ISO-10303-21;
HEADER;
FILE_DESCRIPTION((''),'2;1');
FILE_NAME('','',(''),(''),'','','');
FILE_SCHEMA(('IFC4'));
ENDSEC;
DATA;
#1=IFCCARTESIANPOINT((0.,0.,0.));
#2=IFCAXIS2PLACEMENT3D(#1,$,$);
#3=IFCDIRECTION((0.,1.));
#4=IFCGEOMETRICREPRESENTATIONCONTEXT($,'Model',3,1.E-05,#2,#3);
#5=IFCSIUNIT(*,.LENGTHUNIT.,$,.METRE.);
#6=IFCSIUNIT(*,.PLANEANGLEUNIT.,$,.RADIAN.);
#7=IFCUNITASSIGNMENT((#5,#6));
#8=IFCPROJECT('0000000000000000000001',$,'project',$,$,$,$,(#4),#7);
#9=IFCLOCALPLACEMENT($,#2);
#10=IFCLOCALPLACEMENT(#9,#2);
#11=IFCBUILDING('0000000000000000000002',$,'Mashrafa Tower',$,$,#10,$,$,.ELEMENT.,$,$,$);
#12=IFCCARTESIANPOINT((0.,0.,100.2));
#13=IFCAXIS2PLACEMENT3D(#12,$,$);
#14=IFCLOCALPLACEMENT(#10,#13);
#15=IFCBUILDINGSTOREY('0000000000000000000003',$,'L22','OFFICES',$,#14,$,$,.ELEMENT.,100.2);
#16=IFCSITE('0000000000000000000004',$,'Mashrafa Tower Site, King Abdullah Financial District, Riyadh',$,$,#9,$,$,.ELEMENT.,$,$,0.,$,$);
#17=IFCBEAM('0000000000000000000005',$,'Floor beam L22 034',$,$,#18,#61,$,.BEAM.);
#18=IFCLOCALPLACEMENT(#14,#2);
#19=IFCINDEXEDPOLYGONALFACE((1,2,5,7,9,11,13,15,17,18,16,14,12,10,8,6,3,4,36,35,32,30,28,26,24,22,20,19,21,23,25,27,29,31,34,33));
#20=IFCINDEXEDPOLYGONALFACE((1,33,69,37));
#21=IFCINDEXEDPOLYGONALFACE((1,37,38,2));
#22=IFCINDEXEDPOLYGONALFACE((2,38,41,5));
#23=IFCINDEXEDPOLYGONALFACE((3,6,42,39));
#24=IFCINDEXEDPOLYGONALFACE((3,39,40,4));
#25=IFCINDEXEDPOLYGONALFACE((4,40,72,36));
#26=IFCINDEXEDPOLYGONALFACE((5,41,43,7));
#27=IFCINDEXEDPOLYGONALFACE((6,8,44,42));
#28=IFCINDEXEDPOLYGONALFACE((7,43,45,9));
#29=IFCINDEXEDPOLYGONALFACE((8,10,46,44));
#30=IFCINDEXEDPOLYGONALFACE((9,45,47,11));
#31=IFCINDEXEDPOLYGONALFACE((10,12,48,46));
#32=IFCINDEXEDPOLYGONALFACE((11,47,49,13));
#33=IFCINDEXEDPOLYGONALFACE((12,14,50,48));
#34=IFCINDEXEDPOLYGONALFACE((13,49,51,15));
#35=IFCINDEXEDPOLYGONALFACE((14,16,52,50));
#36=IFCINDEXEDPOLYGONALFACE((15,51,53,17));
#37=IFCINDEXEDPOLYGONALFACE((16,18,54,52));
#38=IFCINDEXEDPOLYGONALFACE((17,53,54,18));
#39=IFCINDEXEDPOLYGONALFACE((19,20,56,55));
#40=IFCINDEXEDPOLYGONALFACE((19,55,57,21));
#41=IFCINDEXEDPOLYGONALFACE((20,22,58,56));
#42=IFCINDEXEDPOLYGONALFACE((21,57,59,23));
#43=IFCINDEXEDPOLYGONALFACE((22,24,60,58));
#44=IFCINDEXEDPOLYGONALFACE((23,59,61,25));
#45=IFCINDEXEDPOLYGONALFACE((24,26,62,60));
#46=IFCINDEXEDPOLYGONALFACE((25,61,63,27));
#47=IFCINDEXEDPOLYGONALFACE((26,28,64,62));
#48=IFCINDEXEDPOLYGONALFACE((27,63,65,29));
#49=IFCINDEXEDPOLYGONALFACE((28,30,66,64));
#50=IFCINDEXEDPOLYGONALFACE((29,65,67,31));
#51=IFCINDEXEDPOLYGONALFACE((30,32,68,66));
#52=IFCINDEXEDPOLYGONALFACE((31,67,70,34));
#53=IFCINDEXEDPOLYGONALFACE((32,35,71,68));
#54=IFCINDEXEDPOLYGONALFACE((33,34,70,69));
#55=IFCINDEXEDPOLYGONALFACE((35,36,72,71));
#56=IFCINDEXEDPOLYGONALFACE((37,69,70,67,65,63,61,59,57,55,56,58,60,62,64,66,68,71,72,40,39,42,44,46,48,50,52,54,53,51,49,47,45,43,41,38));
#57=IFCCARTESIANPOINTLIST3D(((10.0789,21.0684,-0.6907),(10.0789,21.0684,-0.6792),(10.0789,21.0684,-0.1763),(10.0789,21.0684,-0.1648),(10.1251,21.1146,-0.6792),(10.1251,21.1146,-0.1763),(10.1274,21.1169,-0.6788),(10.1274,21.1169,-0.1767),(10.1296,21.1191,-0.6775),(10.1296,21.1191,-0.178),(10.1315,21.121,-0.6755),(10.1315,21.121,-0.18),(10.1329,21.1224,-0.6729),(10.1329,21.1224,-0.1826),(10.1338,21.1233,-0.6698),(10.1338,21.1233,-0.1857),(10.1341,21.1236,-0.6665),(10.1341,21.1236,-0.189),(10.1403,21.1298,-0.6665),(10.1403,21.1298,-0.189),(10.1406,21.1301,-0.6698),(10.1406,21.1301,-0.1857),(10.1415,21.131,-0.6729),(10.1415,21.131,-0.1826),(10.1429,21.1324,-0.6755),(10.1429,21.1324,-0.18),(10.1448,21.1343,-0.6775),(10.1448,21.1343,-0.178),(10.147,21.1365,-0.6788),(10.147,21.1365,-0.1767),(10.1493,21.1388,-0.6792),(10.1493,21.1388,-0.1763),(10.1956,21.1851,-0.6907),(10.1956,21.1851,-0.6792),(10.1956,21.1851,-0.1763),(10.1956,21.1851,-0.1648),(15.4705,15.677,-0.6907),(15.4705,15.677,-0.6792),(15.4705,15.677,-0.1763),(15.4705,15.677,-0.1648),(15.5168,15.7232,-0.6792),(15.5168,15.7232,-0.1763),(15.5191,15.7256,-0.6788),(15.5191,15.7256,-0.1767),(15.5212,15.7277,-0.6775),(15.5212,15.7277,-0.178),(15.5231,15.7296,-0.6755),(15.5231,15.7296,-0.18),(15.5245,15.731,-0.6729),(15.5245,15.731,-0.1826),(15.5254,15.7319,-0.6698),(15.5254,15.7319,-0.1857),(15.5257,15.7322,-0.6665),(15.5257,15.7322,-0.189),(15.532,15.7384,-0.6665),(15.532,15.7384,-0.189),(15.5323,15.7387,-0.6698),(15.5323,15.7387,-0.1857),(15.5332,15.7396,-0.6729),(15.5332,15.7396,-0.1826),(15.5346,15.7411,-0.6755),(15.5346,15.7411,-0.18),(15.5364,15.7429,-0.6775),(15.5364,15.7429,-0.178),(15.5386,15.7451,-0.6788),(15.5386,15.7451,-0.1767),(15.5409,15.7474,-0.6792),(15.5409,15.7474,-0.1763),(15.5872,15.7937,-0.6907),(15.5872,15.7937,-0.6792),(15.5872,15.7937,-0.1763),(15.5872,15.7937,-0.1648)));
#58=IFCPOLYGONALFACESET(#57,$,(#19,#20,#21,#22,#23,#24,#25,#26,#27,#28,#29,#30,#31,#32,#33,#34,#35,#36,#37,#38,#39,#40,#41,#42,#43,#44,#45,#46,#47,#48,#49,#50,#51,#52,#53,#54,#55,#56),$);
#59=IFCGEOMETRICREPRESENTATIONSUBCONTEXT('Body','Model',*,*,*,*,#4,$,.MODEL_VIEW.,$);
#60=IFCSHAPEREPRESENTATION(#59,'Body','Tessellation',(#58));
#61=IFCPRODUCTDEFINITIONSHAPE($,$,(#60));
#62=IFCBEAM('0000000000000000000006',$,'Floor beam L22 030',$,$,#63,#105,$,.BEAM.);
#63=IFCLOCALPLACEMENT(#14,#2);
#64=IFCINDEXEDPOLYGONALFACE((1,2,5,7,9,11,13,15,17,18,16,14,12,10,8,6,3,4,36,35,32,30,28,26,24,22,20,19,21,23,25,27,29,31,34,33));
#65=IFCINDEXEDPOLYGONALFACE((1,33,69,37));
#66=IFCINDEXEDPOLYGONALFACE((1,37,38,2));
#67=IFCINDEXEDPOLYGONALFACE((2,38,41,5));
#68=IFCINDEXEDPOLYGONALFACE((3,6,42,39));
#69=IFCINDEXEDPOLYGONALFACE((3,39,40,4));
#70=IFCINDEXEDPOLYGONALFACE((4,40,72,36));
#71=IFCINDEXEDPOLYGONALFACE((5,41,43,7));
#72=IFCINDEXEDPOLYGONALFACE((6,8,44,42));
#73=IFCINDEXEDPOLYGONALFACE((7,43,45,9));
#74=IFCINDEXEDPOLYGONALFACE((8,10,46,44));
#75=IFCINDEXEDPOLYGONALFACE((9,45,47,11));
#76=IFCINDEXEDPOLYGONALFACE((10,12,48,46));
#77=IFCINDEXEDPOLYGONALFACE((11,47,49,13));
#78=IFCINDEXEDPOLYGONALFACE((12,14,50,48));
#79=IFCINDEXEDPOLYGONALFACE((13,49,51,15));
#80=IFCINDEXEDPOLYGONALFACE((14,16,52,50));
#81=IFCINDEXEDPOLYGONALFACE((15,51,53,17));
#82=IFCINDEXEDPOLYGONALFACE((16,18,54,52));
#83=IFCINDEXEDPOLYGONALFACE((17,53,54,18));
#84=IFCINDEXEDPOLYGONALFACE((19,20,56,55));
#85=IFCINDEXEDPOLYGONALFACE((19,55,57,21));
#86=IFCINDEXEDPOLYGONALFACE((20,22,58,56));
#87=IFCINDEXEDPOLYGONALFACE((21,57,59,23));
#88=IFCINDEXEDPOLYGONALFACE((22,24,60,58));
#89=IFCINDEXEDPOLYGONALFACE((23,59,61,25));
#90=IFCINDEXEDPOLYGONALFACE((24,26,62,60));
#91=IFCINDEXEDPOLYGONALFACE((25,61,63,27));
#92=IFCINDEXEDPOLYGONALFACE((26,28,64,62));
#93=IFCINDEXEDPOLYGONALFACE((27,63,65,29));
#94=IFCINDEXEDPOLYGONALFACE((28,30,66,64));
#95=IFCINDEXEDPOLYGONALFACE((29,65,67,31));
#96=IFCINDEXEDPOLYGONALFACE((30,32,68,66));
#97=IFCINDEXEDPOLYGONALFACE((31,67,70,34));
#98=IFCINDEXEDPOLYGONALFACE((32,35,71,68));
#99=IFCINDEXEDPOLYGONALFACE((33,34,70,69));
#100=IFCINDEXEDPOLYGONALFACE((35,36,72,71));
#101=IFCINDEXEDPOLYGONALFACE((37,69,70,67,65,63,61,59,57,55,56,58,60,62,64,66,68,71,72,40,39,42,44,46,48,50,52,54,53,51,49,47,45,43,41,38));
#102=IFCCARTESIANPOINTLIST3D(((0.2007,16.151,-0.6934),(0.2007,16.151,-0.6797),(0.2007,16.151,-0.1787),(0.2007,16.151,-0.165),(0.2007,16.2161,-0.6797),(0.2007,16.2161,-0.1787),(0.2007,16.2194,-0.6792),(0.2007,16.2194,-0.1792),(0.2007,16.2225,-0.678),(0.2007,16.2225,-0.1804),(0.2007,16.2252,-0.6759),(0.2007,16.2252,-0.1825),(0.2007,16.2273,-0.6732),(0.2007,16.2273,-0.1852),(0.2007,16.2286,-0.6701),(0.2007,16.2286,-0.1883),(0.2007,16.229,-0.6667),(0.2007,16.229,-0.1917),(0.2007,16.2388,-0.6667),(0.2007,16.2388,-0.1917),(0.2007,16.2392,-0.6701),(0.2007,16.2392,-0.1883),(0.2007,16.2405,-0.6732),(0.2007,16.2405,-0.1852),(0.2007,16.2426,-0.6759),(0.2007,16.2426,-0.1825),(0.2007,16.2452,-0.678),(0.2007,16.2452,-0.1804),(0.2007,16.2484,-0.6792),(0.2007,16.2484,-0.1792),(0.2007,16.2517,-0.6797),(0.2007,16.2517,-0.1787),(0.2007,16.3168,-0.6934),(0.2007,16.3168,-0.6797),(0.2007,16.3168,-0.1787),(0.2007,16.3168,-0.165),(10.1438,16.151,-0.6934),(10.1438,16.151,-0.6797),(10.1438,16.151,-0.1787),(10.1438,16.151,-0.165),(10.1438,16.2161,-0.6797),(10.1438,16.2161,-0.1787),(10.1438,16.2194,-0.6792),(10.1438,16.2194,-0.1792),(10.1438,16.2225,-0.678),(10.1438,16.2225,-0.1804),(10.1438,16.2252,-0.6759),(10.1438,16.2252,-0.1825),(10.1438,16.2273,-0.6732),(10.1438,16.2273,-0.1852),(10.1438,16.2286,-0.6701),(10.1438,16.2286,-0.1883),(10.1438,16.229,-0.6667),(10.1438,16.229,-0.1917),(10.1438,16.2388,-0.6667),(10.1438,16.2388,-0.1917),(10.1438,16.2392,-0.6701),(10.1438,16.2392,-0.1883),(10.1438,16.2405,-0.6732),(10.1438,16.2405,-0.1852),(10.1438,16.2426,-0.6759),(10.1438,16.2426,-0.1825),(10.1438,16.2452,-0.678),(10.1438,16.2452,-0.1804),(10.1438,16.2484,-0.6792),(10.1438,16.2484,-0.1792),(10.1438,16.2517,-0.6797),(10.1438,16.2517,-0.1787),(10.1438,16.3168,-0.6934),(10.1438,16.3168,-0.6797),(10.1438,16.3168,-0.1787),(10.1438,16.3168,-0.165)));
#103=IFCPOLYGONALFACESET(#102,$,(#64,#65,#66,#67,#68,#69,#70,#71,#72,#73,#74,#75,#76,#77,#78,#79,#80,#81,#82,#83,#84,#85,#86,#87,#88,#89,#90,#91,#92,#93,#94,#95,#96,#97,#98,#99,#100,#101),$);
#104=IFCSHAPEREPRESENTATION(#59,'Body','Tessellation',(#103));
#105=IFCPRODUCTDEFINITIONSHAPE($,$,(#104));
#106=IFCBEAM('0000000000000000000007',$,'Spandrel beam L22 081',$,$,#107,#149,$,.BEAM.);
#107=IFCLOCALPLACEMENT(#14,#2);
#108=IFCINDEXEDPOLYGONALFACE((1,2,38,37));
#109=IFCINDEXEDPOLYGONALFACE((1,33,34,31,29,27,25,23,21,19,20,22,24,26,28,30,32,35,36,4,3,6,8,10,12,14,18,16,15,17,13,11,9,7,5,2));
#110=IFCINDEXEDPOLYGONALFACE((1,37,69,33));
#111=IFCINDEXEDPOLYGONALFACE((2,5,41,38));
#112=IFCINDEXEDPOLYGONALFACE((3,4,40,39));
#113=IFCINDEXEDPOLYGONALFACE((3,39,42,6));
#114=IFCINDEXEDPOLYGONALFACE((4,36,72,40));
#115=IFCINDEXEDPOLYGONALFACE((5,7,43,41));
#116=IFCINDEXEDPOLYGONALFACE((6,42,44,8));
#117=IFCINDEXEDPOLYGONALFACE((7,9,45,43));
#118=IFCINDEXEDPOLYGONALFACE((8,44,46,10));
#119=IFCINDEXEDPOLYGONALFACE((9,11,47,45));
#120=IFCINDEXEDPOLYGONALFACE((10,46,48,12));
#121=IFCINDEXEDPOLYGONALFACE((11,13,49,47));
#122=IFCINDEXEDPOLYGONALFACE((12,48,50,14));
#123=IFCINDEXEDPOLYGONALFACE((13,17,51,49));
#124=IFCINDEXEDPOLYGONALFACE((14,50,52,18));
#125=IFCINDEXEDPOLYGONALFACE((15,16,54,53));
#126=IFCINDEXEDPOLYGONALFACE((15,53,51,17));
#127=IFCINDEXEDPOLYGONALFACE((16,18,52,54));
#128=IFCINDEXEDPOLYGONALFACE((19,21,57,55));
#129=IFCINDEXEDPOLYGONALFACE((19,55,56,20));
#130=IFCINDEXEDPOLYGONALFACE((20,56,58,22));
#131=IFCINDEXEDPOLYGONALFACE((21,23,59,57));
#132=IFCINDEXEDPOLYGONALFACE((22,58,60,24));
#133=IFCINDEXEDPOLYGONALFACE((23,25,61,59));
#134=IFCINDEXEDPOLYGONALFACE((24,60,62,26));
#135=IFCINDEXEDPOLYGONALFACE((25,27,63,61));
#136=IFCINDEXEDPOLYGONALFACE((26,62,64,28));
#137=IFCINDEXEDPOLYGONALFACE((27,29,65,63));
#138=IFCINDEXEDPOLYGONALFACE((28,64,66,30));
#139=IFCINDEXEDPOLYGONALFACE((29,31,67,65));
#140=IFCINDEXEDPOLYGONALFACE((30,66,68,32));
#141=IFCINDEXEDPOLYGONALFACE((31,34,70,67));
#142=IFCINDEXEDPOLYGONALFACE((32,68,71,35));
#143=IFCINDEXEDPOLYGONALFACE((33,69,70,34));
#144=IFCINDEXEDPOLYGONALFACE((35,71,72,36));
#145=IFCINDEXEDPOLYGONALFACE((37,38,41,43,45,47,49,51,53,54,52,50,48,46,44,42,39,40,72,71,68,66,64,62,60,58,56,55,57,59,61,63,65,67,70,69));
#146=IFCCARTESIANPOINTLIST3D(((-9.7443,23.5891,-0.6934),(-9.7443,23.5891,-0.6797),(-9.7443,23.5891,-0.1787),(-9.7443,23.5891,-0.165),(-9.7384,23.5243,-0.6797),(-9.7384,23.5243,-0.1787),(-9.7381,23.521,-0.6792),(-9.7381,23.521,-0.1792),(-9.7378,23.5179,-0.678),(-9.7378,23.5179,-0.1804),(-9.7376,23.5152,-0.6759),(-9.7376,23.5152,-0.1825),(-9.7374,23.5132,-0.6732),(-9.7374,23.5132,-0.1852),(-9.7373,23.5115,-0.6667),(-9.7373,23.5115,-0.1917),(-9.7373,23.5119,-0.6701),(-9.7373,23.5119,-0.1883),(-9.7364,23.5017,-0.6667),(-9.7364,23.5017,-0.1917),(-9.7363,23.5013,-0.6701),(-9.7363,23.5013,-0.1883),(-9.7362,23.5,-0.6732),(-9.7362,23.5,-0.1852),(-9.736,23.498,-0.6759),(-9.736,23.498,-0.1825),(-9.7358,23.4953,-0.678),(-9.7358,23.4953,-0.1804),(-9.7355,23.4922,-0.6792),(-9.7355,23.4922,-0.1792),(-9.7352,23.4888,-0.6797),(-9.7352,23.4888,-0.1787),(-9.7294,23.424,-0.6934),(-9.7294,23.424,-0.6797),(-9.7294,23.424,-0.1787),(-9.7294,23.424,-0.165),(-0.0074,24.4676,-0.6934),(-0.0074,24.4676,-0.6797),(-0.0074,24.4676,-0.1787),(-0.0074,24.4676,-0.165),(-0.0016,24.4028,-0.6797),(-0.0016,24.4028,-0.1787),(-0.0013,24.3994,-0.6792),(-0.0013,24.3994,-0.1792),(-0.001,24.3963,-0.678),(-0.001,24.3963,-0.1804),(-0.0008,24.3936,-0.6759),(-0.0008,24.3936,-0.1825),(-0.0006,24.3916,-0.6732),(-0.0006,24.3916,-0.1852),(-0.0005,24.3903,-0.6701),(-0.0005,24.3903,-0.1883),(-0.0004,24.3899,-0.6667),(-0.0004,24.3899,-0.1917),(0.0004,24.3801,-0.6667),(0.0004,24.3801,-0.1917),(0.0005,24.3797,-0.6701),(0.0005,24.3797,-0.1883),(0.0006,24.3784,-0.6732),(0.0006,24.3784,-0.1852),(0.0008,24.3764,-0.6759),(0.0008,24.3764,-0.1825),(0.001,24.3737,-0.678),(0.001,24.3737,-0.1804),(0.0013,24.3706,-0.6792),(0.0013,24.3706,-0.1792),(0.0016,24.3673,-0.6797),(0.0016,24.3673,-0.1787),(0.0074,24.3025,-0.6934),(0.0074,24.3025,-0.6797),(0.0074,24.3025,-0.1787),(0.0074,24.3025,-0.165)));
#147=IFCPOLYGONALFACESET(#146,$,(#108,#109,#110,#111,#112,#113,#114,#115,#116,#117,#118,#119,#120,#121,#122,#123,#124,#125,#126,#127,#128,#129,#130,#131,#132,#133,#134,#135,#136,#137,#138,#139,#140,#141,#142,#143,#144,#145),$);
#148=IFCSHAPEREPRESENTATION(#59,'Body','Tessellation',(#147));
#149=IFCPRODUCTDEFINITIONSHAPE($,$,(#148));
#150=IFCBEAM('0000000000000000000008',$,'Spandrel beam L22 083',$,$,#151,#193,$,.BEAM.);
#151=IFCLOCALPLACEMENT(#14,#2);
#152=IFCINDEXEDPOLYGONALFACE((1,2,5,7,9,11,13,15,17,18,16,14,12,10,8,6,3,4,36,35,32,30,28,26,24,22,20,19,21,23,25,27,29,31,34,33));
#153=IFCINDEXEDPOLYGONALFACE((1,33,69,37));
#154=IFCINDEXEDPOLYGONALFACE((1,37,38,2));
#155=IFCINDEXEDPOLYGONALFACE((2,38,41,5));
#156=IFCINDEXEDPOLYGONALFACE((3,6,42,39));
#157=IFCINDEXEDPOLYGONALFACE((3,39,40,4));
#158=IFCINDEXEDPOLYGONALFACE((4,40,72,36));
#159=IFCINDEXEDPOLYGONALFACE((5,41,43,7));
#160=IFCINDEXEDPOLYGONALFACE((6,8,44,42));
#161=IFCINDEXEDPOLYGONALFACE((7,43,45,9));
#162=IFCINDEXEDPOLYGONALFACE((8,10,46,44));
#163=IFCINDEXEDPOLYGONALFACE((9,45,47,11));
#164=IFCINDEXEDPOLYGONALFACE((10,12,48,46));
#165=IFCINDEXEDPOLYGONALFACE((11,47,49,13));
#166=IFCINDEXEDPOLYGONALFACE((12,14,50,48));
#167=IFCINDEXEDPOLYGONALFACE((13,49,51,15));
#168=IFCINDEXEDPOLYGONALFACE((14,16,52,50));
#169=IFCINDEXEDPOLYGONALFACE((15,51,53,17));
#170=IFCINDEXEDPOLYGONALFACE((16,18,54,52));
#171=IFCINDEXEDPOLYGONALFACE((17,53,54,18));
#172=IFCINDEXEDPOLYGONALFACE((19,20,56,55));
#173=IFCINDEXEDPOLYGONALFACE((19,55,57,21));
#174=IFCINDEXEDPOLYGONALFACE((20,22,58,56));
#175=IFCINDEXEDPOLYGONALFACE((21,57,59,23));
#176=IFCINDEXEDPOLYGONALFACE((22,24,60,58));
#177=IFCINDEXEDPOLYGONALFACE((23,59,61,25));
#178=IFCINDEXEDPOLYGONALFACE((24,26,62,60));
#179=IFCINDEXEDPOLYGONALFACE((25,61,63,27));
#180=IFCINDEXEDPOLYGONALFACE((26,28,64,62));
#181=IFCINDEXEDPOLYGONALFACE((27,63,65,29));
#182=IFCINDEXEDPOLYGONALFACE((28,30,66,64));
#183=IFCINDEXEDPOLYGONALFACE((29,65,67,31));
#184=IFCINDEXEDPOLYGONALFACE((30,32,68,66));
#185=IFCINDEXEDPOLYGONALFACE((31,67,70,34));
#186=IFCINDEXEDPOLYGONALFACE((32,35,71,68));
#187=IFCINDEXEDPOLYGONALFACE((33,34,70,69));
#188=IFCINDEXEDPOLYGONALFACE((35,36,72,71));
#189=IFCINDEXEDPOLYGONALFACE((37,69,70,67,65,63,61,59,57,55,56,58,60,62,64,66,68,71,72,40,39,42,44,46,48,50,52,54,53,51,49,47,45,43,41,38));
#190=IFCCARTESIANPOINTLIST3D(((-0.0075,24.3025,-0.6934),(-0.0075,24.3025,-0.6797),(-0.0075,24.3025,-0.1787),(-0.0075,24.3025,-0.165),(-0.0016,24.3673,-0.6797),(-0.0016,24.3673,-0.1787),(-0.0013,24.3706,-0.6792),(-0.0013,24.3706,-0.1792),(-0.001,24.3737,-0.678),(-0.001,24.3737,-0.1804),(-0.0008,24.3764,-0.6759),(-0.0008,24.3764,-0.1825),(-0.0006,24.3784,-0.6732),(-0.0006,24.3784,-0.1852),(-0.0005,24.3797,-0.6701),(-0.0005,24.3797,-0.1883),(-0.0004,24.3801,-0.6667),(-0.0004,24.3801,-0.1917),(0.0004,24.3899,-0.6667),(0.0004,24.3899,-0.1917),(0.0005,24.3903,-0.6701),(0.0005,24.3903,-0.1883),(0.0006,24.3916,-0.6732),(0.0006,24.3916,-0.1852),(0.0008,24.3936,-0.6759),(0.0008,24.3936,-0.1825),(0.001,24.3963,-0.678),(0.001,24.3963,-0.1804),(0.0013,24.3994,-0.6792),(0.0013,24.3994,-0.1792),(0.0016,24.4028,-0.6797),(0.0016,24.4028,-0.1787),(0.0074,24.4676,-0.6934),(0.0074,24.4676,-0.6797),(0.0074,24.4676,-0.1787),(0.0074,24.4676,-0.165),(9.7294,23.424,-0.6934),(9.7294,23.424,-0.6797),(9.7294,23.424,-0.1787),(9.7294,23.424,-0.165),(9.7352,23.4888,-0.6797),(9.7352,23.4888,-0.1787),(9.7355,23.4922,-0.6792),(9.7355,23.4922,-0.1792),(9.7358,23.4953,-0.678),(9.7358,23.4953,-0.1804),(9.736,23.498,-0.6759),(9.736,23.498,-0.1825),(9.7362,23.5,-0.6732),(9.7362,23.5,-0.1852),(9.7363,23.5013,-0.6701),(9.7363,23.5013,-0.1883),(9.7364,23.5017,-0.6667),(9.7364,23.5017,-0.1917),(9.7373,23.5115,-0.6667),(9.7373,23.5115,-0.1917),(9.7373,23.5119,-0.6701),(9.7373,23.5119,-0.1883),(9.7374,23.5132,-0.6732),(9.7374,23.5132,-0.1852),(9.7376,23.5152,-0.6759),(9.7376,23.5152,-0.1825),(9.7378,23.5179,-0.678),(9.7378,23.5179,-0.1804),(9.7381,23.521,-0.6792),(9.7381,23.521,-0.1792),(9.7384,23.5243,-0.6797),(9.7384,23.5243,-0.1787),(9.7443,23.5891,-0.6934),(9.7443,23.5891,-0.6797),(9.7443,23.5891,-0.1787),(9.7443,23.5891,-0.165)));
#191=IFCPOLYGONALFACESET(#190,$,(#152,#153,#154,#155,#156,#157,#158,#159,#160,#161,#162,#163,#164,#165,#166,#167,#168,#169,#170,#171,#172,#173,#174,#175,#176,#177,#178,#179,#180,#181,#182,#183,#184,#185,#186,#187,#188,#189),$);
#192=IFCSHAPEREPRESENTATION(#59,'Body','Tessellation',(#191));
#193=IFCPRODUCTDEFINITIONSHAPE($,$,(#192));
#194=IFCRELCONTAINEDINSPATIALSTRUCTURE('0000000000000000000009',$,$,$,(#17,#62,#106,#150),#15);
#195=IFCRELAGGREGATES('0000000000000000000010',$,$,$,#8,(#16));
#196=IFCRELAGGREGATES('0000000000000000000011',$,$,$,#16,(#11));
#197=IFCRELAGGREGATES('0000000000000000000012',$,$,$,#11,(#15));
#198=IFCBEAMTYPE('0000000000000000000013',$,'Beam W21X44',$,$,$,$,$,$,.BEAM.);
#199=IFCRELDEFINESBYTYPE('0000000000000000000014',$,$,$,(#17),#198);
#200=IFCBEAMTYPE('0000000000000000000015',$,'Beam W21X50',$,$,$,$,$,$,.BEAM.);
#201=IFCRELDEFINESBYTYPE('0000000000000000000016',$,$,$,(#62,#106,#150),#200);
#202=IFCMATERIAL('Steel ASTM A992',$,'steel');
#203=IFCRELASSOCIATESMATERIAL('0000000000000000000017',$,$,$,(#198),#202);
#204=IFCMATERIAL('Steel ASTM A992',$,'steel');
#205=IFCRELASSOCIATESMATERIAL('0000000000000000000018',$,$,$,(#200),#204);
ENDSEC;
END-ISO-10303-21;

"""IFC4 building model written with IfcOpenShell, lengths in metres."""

from ifc_helpers import new_model, si_unit, direction, frame, origin, origin_2d, place, context, subcontext, project, spatial, i_section, extrude, material, material_profile, profile_set, type_object, element, save


model = new_model("IFC4")

# Units and contexts
model_context = context("Model", 3, precision=1e-05, world=origin(), true_north=direction((0.0, 1.0)))
body_context = subcontext(model_context, "Body", "Model", "MODEL_VIEW")
ifc_project = project(units=[si_unit("LENGTHUNIT", "METRE"), si_unit("PLANEANGLEUNIT", "RADIAN")], contexts=[model_context])

# Site, building, storey
site_placement = place(None, origin())
site = spatial("IfcSite", under=ifc_project, at=site_placement, Name="Mashrafa Tower Site, King Abdullah Financial District, Riyadh", CompositionType="ELEMENT", RefElevation=0.0)
building_placement = place(site_placement, origin())
building = spatial("IfcBuilding", under=site, at=building_placement, Name="Mashrafa Tower", CompositionType="ELEMENT")
storey_placement = place(building_placement, frame((0.0, 0.0, 100.2)))
storey = spatial("IfcBuildingStorey", under=building, at=storey_placement, Name="L22", Description="OFFICES", CompositionType="ELEMENT", Elevation=100.2)

# Beams
ifc_material_1 = material(Name="Steel ASTM A992", Category="steel")
ifc_material_profile_1 = material_profile(ifc_material_1, i_section(OverallWidth=0.165, OverallDepth=0.5259, WebThickness=0.0088, FlangeThickness=0.0115, FilletRadius=0.0127, at=origin_2d()), Name="W21X44")
ifc_profile_set_1 = profile_set([ifc_material_profile_1], Name="Steel ASTM A992")
beam_type_1 = type_object("IfcBeamType", Name="Beam W21X44", PredefinedType="BEAM", material=ifc_profile_set_1)
beam_1_placement = place(storey_placement, frame((10.1372, 21.1267, -0.4277), z_axis=(0.707123, -0.707091, 0.0), x_axis=(0.707091, 0.707123, 0.0)))
element("IfcBeam", 1, at=beam_1_placement, inside=storey, type_object=beam_type_1, Name="Floor beam L22 034", PredefinedType="BEAM", context=body_context, shape_type="SweptSolid", body=[
    extrude(i_section(OverallWidth=0.165, OverallDepth=0.5259, WebThickness=0.0088, FlangeThickness=0.0115, FilletRadius=0.0127, at=origin_2d()), origin(), (0.0, 0.0, 1.0), 7.6248),
])
ifc_material_2 = material(Name="Steel ASTM A992", Category="steel")
ifc_material_profile_2 = material_profile(ifc_material_2, i_section(OverallWidth=0.1658, OverallDepth=0.5283, WebThickness=0.0098, FlangeThickness=0.0137, FilletRadius=0.0129, at=origin_2d()), Name="W21X50")
ifc_profile_set_2 = profile_set([ifc_material_profile_2], Name="Steel ASTM A992")
beam_type_2 = type_object("IfcBeamType", Name="Beam W21X50", PredefinedType="BEAM", material=ifc_profile_set_2)
beam_2_placement = place(storey_placement, frame((0.2007, 16.2339, -0.4292), z_axis=(1.0, 0.0, 0.0), x_axis=(0.0, 1.0, 0.0)))
element("IfcBeam", 2, at=beam_2_placement, inside=storey, type_object=beam_type_2, Name="Floor beam L22 030", PredefinedType="BEAM", context=body_context, shape_type="SweptSolid", body=[
    extrude(i_section(OverallWidth=0.1658, OverallDepth=0.5283, WebThickness=0.0098, FlangeThickness=0.0137, FilletRadius=0.0129, at=origin_2d()), origin(), (0.0, 0.0, 1.0), 9.9431),
])
for number, where, z_axis, x_axis, name in (
    (3, (0.0, 24.385, -0.4292), (-0.995955, -0.089851, 0.0), (0.089851, -0.995955, 0.0), "Spandrel beam L22 081"),
    (4, (9.7368, 23.5066, -0.4292), (-0.995955, 0.089851, 0.0), (-0.089851, -0.995955, 0.0), "Spandrel beam L22 083"),
):
    element("IfcBeam", number, at=place(storey_placement, frame(where, z_axis=z_axis, x_axis=x_axis)), inside=storey, type_object=beam_type_2, Name=name, PredefinedType="BEAM", context=body_context, shape_type="SweptSolid", body=[
        extrude(i_section(OverallWidth=0.1658, OverallDepth=0.5283, WebThickness=0.0098, FlangeThickness=0.0137, FilletRadius=0.0129, at=origin_2d()), origin(), (0.0, 0.0, 1.0), 9.7764),
    ])

save(model, "model.ifc")
